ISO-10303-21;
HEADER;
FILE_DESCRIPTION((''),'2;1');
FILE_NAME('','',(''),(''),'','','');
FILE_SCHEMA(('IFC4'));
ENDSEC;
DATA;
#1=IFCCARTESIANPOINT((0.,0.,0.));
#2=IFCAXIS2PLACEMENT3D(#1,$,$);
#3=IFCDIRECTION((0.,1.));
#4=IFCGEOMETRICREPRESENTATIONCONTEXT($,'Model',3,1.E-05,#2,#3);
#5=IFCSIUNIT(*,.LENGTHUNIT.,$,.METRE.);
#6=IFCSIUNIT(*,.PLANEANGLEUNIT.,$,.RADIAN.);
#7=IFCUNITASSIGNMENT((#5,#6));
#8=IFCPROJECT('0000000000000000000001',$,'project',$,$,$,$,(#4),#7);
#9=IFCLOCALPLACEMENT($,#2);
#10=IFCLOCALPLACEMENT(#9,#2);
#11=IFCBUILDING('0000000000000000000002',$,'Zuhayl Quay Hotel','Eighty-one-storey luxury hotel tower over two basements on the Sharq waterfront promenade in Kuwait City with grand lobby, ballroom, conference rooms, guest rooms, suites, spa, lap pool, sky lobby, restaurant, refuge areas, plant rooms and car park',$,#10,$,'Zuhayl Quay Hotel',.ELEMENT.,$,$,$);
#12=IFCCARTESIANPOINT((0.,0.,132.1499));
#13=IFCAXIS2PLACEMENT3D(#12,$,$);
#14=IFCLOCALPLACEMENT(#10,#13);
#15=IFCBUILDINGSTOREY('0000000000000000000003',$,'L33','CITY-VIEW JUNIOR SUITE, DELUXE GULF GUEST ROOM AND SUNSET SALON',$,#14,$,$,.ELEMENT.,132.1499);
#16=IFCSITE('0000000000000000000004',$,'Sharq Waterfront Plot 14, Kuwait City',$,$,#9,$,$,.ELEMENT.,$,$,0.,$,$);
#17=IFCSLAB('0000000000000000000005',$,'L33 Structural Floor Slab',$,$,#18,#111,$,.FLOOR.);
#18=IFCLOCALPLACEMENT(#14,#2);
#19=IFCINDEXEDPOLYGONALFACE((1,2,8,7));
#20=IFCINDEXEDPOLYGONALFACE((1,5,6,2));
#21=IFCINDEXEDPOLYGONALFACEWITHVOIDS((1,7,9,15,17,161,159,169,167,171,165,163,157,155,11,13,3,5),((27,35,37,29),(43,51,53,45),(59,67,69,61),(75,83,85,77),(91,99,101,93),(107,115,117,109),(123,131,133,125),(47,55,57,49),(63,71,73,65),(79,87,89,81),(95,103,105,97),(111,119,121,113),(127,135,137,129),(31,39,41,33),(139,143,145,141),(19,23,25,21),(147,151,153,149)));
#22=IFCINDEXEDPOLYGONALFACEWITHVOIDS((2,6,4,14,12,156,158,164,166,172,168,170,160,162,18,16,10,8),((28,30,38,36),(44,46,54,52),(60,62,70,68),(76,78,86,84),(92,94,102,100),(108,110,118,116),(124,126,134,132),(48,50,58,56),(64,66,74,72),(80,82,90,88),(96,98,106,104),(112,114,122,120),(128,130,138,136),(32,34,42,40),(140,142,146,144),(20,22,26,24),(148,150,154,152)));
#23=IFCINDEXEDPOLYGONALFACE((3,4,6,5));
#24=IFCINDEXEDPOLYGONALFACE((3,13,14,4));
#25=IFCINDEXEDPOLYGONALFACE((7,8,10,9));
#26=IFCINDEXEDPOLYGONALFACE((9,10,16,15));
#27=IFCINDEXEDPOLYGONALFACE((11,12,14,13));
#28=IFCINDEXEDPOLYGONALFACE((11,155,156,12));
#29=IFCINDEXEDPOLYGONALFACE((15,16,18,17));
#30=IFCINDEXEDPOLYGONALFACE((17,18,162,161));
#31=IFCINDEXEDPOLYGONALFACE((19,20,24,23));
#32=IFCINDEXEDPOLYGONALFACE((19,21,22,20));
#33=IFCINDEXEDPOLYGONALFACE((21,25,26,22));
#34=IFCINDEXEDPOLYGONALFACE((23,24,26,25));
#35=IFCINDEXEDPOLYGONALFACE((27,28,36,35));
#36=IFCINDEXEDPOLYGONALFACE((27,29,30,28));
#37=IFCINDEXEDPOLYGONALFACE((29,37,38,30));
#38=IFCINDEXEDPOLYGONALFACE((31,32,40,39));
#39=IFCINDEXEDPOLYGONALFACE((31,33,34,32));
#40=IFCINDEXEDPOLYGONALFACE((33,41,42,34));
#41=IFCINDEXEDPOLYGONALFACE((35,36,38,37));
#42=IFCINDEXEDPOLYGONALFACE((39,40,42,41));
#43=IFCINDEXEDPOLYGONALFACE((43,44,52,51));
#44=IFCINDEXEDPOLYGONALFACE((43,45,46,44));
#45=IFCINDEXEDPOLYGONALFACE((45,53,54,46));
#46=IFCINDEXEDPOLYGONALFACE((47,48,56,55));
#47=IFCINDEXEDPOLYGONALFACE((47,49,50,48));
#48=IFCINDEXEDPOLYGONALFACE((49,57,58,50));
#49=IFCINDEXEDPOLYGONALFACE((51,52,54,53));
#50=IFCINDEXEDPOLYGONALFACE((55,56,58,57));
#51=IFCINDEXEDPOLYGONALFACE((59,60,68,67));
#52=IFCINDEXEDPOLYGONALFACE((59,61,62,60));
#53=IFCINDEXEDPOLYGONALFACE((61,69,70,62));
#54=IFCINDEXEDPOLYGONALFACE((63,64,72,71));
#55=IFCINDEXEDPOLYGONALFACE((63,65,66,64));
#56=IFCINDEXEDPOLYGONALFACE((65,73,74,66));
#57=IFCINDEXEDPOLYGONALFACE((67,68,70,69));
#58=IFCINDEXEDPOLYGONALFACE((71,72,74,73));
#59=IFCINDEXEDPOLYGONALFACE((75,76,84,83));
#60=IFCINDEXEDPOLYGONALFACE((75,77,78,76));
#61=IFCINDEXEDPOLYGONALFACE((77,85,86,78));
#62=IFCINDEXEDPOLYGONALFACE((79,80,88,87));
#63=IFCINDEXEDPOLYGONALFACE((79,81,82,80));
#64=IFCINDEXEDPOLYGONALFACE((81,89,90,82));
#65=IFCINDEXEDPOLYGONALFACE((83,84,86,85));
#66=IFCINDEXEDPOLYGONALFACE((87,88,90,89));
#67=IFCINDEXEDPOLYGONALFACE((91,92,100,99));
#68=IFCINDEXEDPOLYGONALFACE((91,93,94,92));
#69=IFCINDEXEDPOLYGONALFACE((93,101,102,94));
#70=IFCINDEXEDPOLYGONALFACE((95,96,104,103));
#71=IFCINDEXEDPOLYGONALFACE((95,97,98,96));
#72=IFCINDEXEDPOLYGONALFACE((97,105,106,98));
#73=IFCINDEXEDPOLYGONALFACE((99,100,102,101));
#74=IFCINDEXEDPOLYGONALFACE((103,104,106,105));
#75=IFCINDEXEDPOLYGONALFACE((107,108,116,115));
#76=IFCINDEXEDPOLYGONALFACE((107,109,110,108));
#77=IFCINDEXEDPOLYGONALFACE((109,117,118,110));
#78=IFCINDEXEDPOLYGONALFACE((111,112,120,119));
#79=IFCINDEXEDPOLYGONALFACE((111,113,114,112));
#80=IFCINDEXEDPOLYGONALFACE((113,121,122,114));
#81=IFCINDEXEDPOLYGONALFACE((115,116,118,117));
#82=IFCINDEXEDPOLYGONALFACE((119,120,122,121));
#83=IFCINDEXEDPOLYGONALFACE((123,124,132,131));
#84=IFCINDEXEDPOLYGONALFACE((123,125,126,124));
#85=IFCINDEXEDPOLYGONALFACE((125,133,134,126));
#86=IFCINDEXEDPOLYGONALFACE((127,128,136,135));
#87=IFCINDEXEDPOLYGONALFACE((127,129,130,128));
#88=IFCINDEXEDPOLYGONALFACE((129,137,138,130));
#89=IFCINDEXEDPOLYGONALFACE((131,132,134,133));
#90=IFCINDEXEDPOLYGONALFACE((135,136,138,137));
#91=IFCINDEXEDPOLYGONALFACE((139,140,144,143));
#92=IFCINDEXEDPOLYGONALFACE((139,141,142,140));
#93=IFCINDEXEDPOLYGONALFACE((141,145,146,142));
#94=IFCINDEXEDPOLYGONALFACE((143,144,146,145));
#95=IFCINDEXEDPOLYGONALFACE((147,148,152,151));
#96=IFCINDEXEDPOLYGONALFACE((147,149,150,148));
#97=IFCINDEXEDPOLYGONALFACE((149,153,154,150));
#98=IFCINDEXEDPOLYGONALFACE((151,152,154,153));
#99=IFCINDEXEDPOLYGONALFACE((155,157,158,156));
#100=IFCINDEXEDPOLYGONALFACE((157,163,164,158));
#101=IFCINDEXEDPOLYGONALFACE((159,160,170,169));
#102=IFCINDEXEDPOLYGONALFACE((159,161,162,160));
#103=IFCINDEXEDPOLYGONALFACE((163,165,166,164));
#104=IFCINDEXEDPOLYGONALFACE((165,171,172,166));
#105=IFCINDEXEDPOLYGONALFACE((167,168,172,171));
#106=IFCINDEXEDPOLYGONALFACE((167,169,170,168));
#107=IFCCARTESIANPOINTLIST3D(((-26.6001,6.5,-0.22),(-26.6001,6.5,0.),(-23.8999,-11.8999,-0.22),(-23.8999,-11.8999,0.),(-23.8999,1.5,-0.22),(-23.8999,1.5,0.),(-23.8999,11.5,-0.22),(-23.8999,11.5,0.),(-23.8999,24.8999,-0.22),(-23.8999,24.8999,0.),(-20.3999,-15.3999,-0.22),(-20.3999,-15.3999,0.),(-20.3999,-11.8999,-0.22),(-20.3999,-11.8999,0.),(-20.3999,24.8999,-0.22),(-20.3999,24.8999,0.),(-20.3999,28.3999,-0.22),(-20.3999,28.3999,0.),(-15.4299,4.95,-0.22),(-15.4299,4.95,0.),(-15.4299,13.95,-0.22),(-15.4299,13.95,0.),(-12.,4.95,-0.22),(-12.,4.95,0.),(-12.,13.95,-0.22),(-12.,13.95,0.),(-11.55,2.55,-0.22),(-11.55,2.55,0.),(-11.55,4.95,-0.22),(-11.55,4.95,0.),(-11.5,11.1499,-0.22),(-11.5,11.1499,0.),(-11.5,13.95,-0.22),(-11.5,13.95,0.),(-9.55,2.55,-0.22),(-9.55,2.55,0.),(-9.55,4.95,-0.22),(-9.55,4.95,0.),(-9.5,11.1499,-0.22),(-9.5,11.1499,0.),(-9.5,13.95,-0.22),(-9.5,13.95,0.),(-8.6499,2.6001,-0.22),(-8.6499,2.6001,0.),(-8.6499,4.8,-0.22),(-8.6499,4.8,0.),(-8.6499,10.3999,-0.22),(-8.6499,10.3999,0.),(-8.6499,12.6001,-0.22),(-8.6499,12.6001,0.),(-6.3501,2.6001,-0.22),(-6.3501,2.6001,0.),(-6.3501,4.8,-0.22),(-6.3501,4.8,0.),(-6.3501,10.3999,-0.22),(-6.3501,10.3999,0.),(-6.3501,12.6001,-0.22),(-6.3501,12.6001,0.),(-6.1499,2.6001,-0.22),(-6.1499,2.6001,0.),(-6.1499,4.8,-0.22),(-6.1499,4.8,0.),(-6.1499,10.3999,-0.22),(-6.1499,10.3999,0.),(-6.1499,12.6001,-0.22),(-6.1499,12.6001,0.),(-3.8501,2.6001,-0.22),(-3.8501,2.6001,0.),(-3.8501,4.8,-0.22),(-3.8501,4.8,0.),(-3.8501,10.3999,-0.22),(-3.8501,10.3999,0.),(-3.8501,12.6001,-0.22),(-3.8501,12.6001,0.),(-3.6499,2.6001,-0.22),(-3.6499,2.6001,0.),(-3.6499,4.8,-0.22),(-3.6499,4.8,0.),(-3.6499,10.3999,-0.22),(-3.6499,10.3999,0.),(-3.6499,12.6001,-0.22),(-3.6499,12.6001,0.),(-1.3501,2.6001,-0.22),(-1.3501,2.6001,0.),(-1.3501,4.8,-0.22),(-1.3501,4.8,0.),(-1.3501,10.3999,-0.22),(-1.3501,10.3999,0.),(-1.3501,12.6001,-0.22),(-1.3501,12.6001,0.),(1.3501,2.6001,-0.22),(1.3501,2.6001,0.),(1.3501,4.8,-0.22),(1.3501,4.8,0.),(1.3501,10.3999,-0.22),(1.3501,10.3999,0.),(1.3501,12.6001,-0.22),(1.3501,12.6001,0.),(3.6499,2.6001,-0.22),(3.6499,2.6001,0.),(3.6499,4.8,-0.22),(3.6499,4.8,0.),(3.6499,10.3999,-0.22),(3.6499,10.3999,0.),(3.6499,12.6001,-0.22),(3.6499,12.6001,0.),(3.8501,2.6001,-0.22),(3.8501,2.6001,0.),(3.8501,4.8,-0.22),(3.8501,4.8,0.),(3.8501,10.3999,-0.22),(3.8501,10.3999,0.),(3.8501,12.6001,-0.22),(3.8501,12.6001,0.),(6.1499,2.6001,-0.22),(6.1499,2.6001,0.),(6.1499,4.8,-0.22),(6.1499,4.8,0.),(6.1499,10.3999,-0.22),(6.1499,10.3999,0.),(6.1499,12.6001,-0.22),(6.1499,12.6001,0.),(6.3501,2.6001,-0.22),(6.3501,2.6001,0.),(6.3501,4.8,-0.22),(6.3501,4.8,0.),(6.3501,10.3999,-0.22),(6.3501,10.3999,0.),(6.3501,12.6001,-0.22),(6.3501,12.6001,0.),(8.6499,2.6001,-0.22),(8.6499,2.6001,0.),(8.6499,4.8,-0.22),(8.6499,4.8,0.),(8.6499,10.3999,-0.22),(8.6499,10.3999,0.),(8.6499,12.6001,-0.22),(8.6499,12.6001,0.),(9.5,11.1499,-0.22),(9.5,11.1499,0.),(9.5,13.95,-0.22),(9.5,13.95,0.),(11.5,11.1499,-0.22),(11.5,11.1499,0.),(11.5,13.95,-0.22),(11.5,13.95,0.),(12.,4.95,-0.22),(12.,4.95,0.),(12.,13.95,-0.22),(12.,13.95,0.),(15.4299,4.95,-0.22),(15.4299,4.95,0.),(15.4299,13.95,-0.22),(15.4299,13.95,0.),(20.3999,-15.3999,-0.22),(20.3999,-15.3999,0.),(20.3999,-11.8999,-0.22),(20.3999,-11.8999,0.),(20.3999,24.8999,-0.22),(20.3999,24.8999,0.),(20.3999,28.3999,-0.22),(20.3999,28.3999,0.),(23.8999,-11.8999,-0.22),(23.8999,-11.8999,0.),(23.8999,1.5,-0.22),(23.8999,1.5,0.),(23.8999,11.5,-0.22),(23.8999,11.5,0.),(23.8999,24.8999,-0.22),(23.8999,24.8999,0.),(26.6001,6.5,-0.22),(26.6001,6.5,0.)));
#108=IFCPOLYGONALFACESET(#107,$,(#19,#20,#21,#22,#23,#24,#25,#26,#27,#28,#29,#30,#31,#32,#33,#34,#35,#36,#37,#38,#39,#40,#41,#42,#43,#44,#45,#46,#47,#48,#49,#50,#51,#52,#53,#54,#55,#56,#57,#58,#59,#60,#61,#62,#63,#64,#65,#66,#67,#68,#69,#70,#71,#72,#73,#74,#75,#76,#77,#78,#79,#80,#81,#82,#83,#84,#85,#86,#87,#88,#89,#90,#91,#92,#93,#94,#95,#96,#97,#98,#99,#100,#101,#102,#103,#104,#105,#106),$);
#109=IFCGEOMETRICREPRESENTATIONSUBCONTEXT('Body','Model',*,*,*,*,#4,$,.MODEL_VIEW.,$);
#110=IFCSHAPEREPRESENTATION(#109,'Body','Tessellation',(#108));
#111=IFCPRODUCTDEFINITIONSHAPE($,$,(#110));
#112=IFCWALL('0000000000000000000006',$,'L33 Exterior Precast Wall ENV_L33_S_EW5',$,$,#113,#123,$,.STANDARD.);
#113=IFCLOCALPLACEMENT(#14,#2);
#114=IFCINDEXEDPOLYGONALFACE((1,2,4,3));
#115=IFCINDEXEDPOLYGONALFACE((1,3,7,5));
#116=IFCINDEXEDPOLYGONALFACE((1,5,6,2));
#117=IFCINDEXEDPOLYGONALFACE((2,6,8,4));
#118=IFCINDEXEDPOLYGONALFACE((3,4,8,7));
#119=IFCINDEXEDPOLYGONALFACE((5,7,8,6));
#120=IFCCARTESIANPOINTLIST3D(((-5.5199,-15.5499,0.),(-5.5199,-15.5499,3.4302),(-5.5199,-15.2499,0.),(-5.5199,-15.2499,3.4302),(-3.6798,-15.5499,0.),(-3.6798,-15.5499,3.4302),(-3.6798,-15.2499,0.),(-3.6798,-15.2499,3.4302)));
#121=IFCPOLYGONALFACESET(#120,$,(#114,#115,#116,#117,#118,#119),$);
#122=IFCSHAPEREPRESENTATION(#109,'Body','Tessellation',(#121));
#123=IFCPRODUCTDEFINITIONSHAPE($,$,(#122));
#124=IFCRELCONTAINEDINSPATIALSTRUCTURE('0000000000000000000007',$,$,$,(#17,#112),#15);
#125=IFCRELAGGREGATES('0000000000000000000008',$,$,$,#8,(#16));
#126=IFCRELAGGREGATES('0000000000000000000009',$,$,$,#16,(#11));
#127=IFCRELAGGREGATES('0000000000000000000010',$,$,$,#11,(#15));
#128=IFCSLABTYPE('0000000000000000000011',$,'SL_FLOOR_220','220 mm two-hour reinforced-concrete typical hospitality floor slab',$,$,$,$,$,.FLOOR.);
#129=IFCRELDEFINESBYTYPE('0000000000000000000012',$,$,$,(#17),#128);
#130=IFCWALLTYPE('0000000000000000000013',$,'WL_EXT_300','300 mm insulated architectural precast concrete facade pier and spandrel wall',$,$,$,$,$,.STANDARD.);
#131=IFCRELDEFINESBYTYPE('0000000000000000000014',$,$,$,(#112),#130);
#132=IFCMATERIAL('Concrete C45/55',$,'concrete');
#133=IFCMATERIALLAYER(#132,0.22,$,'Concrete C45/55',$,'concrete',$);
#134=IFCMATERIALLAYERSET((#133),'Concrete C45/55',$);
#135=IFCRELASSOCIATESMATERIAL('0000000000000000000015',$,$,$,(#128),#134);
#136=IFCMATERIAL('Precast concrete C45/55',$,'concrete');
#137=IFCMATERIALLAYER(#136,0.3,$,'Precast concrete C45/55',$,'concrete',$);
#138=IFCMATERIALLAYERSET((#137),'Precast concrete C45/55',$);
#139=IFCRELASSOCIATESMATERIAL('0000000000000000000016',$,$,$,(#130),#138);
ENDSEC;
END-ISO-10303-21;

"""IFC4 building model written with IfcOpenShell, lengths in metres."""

from ifc_helpers import new_model, si_unit, direction, frame, frame_2d, origin, place, context, subcontext, project, spatial, polyline, rectangle, outline, extrude, material, layer, layer_set, type_object, element, save


model = new_model("IFC4")

# Units and contexts
model_context = context("Model", 3, precision=1e-05, world=origin(), true_north=direction((0.0, 1.0)))
body_context = subcontext(model_context, "Body", "Model", "MODEL_VIEW")
ifc_project = project(units=[si_unit("LENGTHUNIT", "METRE"), si_unit("PLANEANGLEUNIT", "RADIAN")], contexts=[model_context])

# Site, building, storey
site_placement = place(None, origin())
site = spatial("IfcSite", under=ifc_project, at=site_placement, Name="Sharq Waterfront Plot 14, Kuwait City", CompositionType="ELEMENT", RefElevation=0.0)
building_placement = place(site_placement, origin())
building = spatial("IfcBuilding", under=site, at=building_placement, Name="Zuhayl Quay Hotel", Description="Eighty-one-storey luxury hotel tower over two basements on the Sharq waterfront promenade in Kuwait City with grand lobby, ballroom, conference rooms, guest rooms, suites, spa, lap pool, sky lobby, restaurant, refuge areas, plant rooms and car park", LongName="Zuhayl Quay Hotel", CompositionType="ELEMENT")
storey_placement = place(building_placement, frame((0.0, 0.0, 132.1499)))
storey = spatial("IfcBuildingStorey", under=building, at=storey_placement, Name="L33", Description="CITY-VIEW JUNIOR SUITE, DELUXE GULF GUEST ROOM AND SUNSET SALON", CompositionType="ELEMENT", Elevation=132.1499)

# Slab
ifc_material_1 = material(Name="Concrete C45/55", Category="concrete")
ifc_layer_1 = layer(ifc_material_1, 0.22, Name="Concrete C45/55", Category="concrete")
ifc_layer_set_1 = layer_set([ifc_layer_1], Name="Concrete C45/55")
slab_type_1 = type_object("IfcSlabType", Name="SL_FLOOR_220", Description="220 mm two-hour reinforced-concrete typical hospitality floor slab", PredefinedType="FLOOR", material=ifc_layer_set_1)
slab_1_placement = place(storey_placement, frame((0.0, 0.0, -0.22)))
element("IfcSlab", 1, at=slab_1_placement, inside=storey, type_object=slab_type_1, Name="L33 Structural Floor Slab", PredefinedType="FLOOR", context=body_context, shape_type="SweptSolid", body=[
    extrude(outline(polyline([(-20.3999, -15.3999), (20.3999, -15.3999), (20.3999, -11.8999), (23.8999, -11.8999), (23.8999, 1.5), (26.6001, 6.5), (23.8999, 11.5), (23.8999, 24.8999), (20.3999, 24.8999), (20.3999, 28.3999), (-20.3999, 28.3999), (-20.3999, 24.8999), (-23.8999, 24.8999), (-23.8999, 11.5), (-26.6001, 6.5), (-23.8999, 1.5), (-23.8999, -11.8999), (-20.3999, -11.8999), (-20.3999, -15.3999)]), holes=[polyline([(-12.0, 4.95), (-12.0, 13.95), (-15.4299, 13.95), (-15.4299, 4.95), (-12.0, 4.95)]), polyline([(15.4299, 4.95), (15.4299, 13.95), (12.0, 13.95), (12.0, 4.95), (15.4299, 4.95)]), polyline([(-11.5, 11.1499), (-9.5, 11.1499), (-9.5, 13.95), (-11.5, 13.95), (-11.5, 11.1499)]), polyline([(9.5, 11.1499), (11.5, 11.1499), (11.5, 13.95), (9.5, 13.95), (9.5, 11.1499)]), polyline([(-8.6499, 2.6001), (-6.3501, 2.6001), (-6.3501, 4.8), (-8.6499, 4.8), (-8.6499, 2.6001)]), polyline([(-6.1499, 2.6001), (-3.8501, 2.6001), (-3.8501, 4.8), (-6.1499, 4.8), (-6.1499, 2.6001)]), polyline([(-8.6499, 10.3999), (-6.3501, 10.3999), (-6.3501, 12.6001), (-8.6499, 12.6001), (-8.6499, 10.3999)]), polyline([(-6.1499, 10.3999), (-3.8501, 10.3999), (-3.8501, 12.6001), (-6.1499, 12.6001), (-6.1499, 10.3999)]), polyline([(-3.6499, 2.6001), (-1.3501, 2.6001), (-1.3501, 4.8), (-3.6499, 4.8), (-3.6499, 2.6001)]), polyline([(1.3501, 2.6001), (3.6499, 2.6001), (3.6499, 4.8), (1.3501, 4.8), (1.3501, 2.6001)]), polyline([(-3.6499, 10.3999), (-1.3501, 10.3999), (-1.3501, 12.6001), (-3.6499, 12.6001), (-3.6499, 10.3999)]), polyline([(1.3501, 10.3999), (3.6499, 10.3999), (3.6499, 12.6001), (1.3501, 12.6001), (1.3501, 10.3999)]), polyline([(3.8501, 2.6001), (6.1499, 2.6001), (6.1499, 4.8), (3.8501, 4.8), (3.8501, 2.6001)]), polyline([(6.3501, 2.6001), (8.6499, 2.6001), (8.6499, 4.8), (6.3501, 4.8), (6.3501, 2.6001)]), polyline([(3.8501, 10.3999), (6.1499, 10.3999), (6.1499, 12.6001), (3.8501, 12.6001), (3.8501, 10.3999)]), polyline([(6.3501, 10.3999), (8.6499, 10.3999), (8.6499, 12.6001), (6.3501, 12.6001), (6.3501, 10.3999)]), polyline([(-11.55, 2.55), (-9.55, 2.55), (-9.55, 4.95), (-11.55, 4.95), (-11.55, 2.55)])]), origin(), (0.0, 0.0, 1.0), 0.22),
])

# Wall
ifc_material_2 = material(Name="Precast concrete C45/55", Category="concrete")
ifc_layer_2 = layer(ifc_material_2, 0.3, Name="Precast concrete C45/55", Category="concrete")
ifc_layer_set_2 = layer_set([ifc_layer_2], Name="Precast concrete C45/55")
wall_type_1 = type_object("IfcWallType", Name="WL_EXT_300", Description="300 mm insulated architectural precast concrete facade pier and spandrel wall", PredefinedType="STANDARD", material=ifc_layer_set_2)
wall_1_placement = place(storey_placement, frame((-3.6799, -15.3999, 0.0), z_axis=(0.0, 0.0, 1.0), x_axis=(-1.0, 0.0, 0.0)))
element("IfcWall", 2, at=wall_1_placement, inside=storey, type_object=wall_type_1, Name="L33 Exterior Precast Wall ENV_L33_S_EW5", PredefinedType="STANDARD", context=body_context, shape_type="SweptSolid", body=[
    extrude(rectangle(XDim=1.8401, YDim=0.3, at=frame_2d((0.9199, 0.0))), origin(), (0.0, 0.0, 1.0), 3.4302),
])

save(model, "model.ifc")
